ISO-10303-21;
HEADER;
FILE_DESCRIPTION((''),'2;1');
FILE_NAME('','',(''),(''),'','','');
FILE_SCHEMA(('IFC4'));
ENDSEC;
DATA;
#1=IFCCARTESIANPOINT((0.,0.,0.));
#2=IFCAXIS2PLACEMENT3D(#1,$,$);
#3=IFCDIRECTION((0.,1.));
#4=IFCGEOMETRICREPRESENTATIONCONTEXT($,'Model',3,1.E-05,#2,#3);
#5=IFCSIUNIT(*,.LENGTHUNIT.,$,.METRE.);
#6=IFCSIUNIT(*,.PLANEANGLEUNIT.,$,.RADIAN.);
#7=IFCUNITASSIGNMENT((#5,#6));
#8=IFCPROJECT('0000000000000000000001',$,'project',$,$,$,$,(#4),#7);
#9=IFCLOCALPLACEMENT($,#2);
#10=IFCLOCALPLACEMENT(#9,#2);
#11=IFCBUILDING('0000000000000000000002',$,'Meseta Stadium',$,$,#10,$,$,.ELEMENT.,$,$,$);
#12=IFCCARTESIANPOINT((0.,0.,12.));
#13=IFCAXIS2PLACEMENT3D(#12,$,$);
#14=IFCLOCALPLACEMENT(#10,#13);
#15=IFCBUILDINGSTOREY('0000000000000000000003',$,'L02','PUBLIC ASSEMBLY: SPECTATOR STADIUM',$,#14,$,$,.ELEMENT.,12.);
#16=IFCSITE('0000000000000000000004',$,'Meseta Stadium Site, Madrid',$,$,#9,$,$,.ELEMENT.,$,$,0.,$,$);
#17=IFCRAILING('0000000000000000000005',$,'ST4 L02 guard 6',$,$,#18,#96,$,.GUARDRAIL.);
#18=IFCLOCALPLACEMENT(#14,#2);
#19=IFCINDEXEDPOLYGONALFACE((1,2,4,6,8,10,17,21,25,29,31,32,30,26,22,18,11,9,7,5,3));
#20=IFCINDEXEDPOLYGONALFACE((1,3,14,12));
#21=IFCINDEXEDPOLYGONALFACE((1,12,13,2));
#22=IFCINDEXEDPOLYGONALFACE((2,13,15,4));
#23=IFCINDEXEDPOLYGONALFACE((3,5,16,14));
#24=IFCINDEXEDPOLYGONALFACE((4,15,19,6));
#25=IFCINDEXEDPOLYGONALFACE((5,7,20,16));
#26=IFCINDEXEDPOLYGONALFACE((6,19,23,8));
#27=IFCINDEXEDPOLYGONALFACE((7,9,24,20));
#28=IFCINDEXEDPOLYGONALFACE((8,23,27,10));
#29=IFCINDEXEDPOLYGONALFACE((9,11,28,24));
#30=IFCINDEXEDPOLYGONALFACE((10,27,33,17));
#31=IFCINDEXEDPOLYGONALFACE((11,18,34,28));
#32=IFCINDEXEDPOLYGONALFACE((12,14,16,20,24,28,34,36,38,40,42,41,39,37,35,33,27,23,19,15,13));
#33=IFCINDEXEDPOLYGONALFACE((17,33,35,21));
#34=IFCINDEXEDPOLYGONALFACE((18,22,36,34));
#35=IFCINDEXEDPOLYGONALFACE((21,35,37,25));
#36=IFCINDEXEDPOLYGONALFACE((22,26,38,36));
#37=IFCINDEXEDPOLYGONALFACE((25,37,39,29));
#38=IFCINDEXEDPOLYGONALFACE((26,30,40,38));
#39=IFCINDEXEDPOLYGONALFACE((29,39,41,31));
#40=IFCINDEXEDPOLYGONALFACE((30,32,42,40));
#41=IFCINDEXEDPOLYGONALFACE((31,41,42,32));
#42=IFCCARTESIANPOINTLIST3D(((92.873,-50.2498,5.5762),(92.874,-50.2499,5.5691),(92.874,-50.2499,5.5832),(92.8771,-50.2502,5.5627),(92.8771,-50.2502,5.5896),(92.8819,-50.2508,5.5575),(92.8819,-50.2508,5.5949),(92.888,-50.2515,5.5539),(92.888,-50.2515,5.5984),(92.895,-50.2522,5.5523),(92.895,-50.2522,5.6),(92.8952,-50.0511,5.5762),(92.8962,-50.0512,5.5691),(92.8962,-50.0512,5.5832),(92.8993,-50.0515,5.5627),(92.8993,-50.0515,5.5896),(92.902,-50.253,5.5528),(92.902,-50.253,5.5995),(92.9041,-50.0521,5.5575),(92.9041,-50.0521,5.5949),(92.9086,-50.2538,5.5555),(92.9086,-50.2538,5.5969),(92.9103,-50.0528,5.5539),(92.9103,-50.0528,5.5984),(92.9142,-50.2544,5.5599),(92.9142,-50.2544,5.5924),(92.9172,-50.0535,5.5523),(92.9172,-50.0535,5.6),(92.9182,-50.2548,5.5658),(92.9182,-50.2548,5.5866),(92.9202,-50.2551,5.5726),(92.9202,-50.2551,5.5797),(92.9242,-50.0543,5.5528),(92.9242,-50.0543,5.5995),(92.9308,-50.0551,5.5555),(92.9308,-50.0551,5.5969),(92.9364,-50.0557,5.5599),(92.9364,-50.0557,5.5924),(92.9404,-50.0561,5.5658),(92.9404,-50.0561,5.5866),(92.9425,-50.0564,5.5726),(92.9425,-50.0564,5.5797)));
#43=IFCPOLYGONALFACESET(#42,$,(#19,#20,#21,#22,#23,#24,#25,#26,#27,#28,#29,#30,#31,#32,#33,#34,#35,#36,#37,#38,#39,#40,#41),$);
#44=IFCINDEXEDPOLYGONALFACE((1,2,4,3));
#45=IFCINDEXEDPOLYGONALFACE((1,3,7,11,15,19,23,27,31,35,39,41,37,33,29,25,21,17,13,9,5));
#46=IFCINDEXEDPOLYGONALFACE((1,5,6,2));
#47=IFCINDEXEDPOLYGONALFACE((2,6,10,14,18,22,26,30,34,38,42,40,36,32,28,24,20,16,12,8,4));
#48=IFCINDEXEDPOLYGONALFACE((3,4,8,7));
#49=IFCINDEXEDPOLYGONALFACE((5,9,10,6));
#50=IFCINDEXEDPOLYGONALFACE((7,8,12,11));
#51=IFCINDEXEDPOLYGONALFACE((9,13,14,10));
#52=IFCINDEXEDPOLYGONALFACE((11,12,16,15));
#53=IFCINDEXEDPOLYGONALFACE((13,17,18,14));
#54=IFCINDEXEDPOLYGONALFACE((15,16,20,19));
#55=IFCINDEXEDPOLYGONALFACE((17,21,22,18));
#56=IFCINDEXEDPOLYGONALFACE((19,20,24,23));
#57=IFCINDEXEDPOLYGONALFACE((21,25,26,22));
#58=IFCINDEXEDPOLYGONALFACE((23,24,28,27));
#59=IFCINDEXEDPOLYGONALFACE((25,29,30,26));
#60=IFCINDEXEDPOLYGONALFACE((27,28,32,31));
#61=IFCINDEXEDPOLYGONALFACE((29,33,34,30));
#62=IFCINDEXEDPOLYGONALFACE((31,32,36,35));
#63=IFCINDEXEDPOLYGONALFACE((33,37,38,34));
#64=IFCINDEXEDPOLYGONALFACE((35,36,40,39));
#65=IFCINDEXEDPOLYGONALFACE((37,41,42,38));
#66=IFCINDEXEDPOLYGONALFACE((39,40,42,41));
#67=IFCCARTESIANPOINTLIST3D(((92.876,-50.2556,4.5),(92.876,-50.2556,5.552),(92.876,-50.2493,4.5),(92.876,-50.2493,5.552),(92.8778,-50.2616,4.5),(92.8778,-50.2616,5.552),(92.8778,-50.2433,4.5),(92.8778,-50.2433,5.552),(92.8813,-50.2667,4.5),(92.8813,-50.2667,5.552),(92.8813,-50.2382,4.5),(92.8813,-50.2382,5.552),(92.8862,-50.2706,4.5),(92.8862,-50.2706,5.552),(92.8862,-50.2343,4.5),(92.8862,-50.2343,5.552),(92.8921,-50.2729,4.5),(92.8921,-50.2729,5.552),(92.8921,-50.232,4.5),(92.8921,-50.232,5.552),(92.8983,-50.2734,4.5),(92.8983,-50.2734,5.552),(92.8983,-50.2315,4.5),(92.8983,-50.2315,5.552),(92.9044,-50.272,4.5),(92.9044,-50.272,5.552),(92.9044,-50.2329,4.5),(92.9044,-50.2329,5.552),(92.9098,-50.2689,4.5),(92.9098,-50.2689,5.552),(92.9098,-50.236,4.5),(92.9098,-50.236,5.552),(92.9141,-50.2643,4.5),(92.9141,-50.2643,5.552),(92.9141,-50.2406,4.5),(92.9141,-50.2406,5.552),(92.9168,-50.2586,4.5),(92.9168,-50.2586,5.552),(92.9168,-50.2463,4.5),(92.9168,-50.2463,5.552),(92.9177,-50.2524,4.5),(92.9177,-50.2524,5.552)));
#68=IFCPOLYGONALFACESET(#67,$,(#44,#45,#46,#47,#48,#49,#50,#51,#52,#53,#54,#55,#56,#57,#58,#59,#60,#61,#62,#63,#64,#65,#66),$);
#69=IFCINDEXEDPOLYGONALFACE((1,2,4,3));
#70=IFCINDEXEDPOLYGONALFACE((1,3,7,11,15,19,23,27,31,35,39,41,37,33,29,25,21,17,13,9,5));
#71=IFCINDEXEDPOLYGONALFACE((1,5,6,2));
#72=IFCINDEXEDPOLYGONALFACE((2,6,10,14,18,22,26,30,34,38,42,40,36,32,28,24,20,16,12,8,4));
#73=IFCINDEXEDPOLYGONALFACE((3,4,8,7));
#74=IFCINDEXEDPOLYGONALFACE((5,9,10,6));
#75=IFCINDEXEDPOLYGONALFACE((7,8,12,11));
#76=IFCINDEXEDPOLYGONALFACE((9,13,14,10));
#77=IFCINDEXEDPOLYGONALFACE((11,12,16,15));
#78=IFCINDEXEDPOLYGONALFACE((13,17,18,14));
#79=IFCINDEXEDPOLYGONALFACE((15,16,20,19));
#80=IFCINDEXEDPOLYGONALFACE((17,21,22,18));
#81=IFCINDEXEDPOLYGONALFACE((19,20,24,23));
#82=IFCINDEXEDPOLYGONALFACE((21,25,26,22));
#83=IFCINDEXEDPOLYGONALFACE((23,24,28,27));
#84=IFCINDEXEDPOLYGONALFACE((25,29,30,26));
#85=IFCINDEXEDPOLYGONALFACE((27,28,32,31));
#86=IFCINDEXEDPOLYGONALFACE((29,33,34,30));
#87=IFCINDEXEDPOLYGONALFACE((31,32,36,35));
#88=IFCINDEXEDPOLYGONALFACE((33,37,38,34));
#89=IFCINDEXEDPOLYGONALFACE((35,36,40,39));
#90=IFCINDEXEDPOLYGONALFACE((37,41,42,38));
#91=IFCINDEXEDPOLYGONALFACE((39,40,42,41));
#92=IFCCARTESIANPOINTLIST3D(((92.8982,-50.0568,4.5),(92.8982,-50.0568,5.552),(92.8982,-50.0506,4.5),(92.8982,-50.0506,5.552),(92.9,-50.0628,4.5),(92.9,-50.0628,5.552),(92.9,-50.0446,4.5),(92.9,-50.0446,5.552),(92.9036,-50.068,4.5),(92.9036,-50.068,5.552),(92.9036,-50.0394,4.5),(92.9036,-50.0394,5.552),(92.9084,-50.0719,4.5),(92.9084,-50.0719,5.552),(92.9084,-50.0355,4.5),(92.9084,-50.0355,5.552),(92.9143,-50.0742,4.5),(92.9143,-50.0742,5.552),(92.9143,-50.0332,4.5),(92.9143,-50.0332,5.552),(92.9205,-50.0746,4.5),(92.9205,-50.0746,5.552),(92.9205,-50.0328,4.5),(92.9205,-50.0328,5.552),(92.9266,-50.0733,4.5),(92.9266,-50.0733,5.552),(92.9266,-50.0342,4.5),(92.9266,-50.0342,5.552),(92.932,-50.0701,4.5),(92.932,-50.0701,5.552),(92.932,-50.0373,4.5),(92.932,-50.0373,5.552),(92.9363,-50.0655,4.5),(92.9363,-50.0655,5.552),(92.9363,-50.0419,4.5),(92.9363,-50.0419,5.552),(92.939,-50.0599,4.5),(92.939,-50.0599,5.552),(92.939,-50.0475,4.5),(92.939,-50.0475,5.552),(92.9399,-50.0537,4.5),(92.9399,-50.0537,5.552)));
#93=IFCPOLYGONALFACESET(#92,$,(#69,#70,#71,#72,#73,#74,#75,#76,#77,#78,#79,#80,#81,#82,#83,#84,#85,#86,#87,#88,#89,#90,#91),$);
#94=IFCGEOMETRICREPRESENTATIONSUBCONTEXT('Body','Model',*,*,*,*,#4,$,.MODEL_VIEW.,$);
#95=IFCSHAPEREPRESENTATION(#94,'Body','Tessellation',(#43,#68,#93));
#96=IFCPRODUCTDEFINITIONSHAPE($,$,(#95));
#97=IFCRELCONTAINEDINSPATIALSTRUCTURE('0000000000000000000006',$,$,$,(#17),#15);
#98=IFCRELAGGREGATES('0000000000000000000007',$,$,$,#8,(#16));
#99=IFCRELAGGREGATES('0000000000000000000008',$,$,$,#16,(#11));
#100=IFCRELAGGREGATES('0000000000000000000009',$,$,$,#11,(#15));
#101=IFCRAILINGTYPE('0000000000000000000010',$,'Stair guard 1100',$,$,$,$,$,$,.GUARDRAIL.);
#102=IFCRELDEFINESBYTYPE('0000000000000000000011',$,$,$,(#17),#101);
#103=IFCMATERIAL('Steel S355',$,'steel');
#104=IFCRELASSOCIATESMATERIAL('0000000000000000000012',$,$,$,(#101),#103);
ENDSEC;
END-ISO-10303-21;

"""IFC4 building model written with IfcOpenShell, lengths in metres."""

from ifc_helpers import new_model, si_unit, direction, frame, origin, origin_2d, place, context, subcontext, project, spatial, circle, extrude, material, type_object, element, save


model = new_model("IFC4")

# Units and contexts
model_context = context("Model", 3, precision=1e-05, world=origin(), true_north=direction((0.0, 1.0)))
body_context = subcontext(model_context, "Body", "Model", "MODEL_VIEW")
ifc_project = project(units=[si_unit("LENGTHUNIT", "METRE"), si_unit("PLANEANGLEUNIT", "RADIAN")], contexts=[model_context])

# Site, building, storey
site_placement = place(None, origin())
site = spatial("IfcSite", under=ifc_project, at=site_placement, Name="Meseta Stadium Site, Madrid", CompositionType="ELEMENT", RefElevation=0.0)
building_placement = place(site_placement, origin())
building = spatial("IfcBuilding", under=site, at=building_placement, Name="Meseta Stadium", CompositionType="ELEMENT")
storey_placement = place(building_placement, frame((0.0, 0.0, 12.0)))
storey = spatial("IfcBuildingStorey", under=building, at=storey_placement, Name="L02", Description="PUBLIC ASSEMBLY: SPECTATOR STADIUM", CompositionType="ELEMENT", Elevation=12.0)

# Railing
ifc_material_1 = material(Name="Steel S355", Category="steel")
railing_type_1 = type_object("IfcRailingType", Name="Stair guard 1100", PredefinedType="GUARDRAIL", material=ifc_material_1)
railing_1_placement = place(storey_placement, frame((92.8967, -50.2524, 4.5)))
element("IfcRailing", 1, at=railing_1_placement, inside=storey, type_object=railing_type_1, Name="ST4 L02 guard 6", PredefinedType="GUARDRAIL", context=body_context, shape_type="SweptSolid", body=[
    extrude(circle(Radius=0.0239, at=origin_2d()), frame((0.0, 0.0, 1.0762), z_axis=(0.111102, 0.993809, 0.0), x_axis=(-0.993809, 0.111102, 0.0)), (0.0, 0.0, 1.0), 0.2),
    extrude(circle(Radius=0.021, at=origin_2d()), origin(), (0.0, 0.0, 1.0), 1.052),
    extrude(circle(Radius=0.021, at=origin_2d()), frame((0.0222, 0.1987, 0.0)), (0.0, 0.0, 1.0), 1.052),
])

save(model, "model.ifc")
